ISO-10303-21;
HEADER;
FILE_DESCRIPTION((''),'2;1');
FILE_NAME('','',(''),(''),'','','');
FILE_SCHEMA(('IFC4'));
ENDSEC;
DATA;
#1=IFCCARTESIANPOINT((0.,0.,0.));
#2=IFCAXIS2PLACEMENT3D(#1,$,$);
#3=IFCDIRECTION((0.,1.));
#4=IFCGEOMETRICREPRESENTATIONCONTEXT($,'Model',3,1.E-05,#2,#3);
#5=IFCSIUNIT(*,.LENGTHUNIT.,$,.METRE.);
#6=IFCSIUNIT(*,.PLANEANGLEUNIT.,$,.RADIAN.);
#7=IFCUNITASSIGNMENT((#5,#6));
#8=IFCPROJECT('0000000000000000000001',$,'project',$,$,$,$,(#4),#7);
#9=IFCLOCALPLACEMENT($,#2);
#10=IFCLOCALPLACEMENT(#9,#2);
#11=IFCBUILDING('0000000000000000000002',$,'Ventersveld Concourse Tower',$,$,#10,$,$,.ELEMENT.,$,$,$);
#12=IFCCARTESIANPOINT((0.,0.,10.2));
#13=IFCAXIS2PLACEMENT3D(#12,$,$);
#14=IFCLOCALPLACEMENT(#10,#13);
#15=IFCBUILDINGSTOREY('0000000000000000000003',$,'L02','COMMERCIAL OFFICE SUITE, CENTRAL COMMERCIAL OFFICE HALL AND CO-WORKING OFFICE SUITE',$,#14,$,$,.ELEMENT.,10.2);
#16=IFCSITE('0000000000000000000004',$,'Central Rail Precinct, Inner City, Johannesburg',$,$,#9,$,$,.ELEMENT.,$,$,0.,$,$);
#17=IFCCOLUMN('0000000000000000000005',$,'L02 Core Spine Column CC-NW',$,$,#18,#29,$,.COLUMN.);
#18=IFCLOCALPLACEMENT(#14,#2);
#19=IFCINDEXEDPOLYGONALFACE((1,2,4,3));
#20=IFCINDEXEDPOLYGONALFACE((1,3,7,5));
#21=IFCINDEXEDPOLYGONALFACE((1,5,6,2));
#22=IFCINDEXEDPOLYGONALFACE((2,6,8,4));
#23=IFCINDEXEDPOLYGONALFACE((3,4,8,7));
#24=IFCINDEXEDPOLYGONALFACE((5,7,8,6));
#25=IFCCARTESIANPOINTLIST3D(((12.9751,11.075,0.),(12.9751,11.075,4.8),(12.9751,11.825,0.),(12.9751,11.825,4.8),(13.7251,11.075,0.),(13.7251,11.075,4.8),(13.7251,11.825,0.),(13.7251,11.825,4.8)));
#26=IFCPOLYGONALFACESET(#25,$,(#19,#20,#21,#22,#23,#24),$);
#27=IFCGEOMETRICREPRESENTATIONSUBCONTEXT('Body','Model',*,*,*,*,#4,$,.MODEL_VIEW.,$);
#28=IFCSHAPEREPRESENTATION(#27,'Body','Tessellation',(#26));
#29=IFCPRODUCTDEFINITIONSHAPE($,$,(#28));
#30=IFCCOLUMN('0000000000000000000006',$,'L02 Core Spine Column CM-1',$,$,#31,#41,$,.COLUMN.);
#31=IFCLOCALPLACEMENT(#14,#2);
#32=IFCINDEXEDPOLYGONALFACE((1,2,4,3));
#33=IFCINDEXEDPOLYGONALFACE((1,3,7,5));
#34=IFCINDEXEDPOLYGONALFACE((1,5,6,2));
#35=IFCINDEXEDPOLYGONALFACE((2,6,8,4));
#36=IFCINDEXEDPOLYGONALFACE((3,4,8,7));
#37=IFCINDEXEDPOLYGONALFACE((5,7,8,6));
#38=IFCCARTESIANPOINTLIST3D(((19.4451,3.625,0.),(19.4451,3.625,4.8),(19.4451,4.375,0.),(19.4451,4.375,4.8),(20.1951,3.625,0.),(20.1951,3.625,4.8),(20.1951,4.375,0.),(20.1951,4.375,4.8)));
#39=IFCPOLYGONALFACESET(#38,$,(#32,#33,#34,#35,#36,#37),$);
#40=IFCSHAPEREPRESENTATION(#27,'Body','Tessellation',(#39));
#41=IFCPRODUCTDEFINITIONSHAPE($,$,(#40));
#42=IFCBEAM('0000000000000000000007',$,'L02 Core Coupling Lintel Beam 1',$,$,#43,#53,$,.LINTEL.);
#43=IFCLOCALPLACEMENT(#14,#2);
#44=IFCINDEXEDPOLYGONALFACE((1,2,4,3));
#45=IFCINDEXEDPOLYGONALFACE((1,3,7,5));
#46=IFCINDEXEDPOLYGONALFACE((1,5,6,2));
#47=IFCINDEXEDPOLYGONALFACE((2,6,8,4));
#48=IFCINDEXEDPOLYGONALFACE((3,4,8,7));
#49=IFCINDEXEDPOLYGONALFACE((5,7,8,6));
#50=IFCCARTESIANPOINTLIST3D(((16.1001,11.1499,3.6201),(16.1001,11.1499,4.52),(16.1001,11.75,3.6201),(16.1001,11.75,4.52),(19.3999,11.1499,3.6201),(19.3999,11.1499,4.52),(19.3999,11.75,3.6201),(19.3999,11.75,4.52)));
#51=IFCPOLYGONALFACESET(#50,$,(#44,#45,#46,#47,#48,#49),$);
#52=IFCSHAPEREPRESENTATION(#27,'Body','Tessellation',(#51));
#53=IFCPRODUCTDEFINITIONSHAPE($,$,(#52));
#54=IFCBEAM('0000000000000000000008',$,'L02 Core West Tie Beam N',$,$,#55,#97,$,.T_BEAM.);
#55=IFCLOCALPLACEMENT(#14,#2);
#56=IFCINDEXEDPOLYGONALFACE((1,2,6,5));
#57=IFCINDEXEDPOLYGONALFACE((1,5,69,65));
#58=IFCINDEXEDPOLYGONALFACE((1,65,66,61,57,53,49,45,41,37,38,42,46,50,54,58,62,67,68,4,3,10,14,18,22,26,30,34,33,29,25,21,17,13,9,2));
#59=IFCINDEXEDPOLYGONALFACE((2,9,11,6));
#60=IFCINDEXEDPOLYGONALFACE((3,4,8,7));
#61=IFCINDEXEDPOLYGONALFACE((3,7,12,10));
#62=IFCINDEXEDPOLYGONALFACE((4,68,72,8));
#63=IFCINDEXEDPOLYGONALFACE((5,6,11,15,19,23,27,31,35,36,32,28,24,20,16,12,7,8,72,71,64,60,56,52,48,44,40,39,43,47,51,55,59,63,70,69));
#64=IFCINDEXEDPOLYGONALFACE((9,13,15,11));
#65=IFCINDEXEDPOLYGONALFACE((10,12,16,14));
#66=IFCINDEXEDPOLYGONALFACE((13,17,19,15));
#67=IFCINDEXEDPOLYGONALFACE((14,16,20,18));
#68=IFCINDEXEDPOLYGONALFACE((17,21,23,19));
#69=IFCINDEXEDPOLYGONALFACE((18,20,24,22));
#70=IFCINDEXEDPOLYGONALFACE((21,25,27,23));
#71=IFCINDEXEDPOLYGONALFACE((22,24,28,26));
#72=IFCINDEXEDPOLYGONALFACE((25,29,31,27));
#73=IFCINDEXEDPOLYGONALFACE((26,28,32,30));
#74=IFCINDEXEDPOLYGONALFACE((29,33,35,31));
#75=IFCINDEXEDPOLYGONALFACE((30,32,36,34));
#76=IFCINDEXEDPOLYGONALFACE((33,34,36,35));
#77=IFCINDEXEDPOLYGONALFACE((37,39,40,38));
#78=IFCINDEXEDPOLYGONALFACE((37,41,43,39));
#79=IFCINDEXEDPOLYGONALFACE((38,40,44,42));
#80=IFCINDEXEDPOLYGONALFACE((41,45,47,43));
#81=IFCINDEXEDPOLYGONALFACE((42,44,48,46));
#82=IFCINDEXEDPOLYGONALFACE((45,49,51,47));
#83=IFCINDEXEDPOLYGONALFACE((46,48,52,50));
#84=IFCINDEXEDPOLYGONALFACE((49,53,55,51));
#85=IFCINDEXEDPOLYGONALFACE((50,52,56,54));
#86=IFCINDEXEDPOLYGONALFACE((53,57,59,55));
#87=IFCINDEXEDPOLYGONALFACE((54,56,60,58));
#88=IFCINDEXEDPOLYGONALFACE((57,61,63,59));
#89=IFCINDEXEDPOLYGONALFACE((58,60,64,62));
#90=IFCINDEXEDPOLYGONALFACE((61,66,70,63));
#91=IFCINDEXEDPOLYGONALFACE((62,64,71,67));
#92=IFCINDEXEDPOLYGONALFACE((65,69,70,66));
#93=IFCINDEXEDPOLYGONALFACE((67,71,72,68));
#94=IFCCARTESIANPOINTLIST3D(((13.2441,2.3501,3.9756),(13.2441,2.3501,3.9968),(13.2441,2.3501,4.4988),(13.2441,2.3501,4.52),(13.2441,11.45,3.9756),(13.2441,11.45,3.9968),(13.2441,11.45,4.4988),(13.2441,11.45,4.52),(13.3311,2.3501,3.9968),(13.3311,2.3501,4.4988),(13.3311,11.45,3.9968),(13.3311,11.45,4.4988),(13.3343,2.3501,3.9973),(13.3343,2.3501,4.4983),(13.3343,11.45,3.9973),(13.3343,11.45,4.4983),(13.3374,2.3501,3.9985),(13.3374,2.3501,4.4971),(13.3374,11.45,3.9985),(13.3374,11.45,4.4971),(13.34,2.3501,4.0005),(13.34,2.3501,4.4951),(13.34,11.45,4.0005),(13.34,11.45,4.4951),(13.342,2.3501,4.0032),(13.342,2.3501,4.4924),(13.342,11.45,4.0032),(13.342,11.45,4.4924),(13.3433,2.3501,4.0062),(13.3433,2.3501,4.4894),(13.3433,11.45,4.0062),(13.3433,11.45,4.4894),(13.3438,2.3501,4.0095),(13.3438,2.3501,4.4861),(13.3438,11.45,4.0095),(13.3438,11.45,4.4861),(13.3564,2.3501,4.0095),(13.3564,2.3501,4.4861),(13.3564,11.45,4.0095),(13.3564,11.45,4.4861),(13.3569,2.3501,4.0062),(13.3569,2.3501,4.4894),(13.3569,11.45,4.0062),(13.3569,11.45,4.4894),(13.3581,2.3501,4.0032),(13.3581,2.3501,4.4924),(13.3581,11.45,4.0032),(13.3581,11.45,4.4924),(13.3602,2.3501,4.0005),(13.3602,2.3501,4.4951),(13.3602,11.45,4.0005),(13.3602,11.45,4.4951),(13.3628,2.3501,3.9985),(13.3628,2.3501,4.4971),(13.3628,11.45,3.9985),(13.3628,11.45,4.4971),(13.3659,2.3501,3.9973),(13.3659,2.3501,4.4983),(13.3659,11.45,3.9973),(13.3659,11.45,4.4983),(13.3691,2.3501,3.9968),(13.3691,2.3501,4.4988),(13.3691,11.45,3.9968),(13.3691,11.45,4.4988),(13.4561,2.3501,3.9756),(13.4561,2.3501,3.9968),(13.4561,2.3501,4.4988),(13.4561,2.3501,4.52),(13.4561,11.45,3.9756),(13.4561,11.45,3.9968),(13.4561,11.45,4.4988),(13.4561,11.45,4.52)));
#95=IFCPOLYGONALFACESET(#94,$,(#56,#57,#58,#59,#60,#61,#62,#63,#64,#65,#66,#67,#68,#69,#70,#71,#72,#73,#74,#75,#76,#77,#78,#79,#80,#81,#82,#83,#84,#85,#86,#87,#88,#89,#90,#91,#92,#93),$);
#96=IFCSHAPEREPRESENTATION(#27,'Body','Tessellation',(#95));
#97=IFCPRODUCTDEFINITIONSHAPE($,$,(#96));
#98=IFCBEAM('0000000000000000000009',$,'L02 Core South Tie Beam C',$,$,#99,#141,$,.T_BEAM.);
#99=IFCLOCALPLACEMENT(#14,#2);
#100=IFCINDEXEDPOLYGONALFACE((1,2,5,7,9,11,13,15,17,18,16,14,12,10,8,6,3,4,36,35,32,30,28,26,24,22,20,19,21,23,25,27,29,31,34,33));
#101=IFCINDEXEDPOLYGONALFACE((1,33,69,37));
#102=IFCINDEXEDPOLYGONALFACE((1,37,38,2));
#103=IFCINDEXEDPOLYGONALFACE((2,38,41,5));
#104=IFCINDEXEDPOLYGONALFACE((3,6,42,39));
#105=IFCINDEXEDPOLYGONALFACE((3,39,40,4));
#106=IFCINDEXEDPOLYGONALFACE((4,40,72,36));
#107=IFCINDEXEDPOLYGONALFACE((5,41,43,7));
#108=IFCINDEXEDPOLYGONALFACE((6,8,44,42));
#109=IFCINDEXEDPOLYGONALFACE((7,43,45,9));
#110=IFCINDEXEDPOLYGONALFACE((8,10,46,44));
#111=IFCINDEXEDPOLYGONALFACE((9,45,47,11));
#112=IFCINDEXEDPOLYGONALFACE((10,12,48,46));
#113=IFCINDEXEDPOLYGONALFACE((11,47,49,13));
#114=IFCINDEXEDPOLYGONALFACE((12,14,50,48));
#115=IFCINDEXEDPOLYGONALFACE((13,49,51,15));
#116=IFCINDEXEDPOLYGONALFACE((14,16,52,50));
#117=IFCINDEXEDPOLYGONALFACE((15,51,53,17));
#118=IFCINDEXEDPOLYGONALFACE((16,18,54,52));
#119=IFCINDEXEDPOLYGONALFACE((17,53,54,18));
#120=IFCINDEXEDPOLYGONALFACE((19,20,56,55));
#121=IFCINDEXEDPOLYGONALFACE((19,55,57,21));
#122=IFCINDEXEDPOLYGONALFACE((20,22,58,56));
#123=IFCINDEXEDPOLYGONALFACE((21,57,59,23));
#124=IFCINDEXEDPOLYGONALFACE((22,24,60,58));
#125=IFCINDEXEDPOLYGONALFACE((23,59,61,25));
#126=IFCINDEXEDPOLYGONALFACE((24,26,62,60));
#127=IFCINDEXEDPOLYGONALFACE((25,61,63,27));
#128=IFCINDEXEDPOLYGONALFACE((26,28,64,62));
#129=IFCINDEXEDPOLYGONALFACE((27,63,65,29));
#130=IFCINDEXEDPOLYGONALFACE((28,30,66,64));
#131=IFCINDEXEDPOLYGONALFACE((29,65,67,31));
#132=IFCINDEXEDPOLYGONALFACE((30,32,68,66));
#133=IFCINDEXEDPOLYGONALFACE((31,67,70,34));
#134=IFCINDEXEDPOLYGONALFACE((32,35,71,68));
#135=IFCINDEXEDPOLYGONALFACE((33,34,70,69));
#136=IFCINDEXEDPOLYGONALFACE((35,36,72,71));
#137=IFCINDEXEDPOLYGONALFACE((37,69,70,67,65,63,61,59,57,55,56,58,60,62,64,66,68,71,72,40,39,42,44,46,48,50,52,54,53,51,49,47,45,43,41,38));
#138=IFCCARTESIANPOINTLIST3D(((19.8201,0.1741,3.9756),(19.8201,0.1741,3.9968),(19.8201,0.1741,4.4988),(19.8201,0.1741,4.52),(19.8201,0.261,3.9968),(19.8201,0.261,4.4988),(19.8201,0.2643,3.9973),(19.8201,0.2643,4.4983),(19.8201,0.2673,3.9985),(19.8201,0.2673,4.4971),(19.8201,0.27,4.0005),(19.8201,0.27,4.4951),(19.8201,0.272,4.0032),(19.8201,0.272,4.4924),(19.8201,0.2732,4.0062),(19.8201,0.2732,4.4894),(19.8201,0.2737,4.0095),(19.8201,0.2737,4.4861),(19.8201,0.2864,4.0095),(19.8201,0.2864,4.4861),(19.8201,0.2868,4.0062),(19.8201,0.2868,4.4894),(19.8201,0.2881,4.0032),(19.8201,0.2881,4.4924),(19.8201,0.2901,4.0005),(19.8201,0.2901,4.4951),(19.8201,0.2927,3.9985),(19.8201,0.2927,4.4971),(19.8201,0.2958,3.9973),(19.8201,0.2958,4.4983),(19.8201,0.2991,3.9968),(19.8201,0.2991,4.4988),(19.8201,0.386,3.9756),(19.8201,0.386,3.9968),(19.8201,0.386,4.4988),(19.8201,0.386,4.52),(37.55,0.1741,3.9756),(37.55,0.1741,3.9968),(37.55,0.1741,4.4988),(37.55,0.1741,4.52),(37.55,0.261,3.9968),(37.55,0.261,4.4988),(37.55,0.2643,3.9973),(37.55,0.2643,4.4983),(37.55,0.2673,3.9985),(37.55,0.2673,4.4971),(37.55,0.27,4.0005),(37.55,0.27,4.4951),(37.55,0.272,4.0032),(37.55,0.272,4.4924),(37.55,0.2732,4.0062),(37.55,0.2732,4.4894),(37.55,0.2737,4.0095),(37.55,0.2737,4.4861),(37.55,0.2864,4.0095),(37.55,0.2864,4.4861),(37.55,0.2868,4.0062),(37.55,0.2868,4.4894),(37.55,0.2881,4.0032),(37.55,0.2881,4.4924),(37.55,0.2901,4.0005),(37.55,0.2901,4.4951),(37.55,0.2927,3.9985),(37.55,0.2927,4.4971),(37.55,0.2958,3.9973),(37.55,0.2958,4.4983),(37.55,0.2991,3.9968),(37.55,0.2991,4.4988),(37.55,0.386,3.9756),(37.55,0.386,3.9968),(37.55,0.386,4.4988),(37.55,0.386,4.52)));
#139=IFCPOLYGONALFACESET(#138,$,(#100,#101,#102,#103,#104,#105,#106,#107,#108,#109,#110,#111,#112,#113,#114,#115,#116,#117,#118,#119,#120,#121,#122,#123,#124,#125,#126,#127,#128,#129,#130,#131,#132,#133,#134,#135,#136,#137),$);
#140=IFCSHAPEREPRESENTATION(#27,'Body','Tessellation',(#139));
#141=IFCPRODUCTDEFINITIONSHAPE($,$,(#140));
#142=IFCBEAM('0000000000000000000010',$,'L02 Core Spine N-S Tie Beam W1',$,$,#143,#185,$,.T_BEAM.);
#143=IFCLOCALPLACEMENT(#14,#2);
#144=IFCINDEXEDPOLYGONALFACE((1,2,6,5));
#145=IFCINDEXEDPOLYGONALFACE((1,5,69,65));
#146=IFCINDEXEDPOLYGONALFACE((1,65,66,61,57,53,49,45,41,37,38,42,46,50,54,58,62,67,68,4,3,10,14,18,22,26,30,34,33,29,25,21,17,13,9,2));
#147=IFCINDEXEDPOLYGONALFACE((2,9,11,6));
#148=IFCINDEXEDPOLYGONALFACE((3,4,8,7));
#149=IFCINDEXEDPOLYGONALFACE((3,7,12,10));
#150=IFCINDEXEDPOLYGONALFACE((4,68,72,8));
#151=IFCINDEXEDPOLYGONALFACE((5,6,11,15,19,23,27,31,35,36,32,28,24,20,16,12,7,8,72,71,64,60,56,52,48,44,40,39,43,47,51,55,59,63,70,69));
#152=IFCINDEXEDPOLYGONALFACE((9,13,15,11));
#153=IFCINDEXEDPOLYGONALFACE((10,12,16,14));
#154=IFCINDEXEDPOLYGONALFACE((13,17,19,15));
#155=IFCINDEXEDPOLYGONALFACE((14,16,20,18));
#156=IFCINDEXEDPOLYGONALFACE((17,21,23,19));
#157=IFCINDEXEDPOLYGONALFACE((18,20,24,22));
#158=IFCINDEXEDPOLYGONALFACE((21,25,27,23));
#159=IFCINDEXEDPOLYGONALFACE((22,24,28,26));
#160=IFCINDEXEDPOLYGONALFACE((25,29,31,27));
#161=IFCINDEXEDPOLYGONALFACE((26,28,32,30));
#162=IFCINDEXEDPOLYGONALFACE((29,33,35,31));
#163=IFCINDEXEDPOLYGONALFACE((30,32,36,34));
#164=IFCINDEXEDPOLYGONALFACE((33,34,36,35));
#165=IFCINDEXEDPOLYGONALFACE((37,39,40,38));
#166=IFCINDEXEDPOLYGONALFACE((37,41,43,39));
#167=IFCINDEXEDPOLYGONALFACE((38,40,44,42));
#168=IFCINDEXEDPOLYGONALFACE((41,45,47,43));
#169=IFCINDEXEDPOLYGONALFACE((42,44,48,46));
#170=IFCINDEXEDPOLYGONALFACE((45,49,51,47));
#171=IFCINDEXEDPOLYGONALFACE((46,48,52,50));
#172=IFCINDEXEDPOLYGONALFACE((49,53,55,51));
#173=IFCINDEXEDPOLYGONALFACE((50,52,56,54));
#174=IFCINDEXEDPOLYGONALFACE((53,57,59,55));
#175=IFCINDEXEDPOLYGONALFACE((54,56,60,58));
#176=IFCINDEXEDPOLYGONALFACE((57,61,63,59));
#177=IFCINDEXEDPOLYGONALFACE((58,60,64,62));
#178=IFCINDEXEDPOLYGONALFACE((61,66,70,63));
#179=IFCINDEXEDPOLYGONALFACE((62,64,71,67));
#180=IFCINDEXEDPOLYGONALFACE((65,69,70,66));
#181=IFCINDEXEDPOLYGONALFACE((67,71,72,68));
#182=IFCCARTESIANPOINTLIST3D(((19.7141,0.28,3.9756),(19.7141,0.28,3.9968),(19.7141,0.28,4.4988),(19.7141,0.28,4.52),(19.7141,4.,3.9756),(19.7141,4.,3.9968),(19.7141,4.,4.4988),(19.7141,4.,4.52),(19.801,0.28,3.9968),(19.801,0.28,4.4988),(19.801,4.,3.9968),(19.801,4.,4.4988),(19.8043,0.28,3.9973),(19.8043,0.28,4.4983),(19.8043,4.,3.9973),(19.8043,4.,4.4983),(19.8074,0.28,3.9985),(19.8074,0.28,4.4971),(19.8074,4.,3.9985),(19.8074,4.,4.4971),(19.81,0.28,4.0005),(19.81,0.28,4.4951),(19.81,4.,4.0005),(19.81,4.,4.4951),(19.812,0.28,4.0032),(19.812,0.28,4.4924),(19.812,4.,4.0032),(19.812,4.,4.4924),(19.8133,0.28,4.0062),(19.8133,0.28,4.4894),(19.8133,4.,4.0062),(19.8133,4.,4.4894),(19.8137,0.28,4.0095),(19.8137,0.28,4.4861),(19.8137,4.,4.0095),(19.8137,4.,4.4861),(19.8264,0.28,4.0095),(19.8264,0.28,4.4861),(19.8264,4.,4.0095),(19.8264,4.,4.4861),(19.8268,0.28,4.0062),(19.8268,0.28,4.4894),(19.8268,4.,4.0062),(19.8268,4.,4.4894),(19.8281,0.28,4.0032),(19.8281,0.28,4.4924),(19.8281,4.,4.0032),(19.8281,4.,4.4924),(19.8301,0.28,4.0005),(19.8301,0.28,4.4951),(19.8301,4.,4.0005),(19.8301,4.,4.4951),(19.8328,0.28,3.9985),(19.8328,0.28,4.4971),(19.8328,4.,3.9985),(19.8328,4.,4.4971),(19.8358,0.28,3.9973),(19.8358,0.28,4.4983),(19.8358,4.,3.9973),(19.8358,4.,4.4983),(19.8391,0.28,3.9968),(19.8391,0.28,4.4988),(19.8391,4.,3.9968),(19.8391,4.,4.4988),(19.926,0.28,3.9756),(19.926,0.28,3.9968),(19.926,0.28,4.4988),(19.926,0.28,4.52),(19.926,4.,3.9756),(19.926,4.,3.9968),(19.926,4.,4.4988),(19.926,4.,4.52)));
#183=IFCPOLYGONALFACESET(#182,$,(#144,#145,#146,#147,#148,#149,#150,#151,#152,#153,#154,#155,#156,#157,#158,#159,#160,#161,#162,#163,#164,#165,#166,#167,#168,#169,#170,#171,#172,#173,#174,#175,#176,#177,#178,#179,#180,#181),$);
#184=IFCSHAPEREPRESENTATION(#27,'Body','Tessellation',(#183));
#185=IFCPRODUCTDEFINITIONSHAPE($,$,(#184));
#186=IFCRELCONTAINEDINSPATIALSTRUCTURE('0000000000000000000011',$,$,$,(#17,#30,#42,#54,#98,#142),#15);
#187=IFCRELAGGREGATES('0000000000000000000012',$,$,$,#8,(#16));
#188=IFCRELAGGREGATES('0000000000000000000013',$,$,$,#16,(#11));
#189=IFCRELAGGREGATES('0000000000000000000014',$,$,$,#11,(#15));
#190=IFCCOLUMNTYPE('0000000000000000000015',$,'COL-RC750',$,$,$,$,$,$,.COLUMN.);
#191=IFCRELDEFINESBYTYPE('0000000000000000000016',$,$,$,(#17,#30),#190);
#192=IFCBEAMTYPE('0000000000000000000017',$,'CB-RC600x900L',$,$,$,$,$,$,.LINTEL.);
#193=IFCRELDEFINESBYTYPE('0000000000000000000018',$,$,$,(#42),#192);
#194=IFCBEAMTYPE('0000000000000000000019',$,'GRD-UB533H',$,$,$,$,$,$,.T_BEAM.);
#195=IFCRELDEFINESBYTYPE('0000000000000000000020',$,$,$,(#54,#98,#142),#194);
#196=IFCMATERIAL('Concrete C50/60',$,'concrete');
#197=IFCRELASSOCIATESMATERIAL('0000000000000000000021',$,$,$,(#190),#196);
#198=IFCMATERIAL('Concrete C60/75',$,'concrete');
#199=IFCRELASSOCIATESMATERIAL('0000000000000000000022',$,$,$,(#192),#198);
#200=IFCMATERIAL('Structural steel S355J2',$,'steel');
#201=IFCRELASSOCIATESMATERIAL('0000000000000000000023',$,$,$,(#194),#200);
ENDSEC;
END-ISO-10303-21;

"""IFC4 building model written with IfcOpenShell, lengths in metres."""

from ifc_helpers import new_model, si_unit, direction, frame, origin, origin_2d, place, context, subcontext, project, spatial, rectangle, i_section, extrude, material, material_profile, profile_set, type_object, element, save


model = new_model("IFC4")

# Units and contexts
model_context = context("Model", 3, precision=1e-05, world=origin(), true_north=direction((0.0, 1.0)))
body_context = subcontext(model_context, "Body", "Model", "MODEL_VIEW")
ifc_project = project(units=[si_unit("LENGTHUNIT", "METRE"), si_unit("PLANEANGLEUNIT", "RADIAN")], contexts=[model_context])

# Site, building, storey
site_placement = place(None, origin())
site = spatial("IfcSite", under=ifc_project, at=site_placement, Name="Central Rail Precinct, Inner City, Johannesburg", CompositionType="ELEMENT", RefElevation=0.0)
building_placement = place(site_placement, origin())
building = spatial("IfcBuilding", under=site, at=building_placement, Name="Ventersveld Concourse Tower", CompositionType="ELEMENT")
storey_placement = place(building_placement, frame((0.0, 0.0, 10.2)))
storey = spatial("IfcBuildingStorey", under=building, at=storey_placement, Name="L02", Description="COMMERCIAL OFFICE SUITE, CENTRAL COMMERCIAL OFFICE HALL AND CO-WORKING OFFICE SUITE", CompositionType="ELEMENT", Elevation=10.2)

# Columns
ifc_material_1 = material(Name="Concrete C50/60", Category="concrete")
ifc_material_profile_1 = material_profile(ifc_material_1, rectangle(XDim=0.75, YDim=0.75, at=origin_2d()), Name="RC 750x750")
ifc_profile_set_1 = profile_set([ifc_material_profile_1], Name="Concrete C50/60")
column_type = type_object("IfcColumnType", Name="COL-RC750", PredefinedType="COLUMN", material=ifc_profile_set_1)
for number, where, z_axis, x_axis, name in (
    (1, (13.3501, 11.45, 0.0), (0.0, 0.0, 1.0), (1.0, 0.0, 0.0), "L02 Core Spine Column CC-NW"),
    (2, (19.8201, 4.0, 0.0), (0.0, 0.0, 1.0), (1.0, 0.0, 0.0), "L02 Core Spine Column CM-1"),
):
    element("IfcColumn", number, at=place(storey_placement, frame(where, z_axis=z_axis, x_axis=x_axis)), inside=storey, type_object=column_type, Name=name, PredefinedType="COLUMN", context=body_context, shape_type="SweptSolid", body=[
        extrude(rectangle(XDim=0.75, YDim=0.75, at=origin_2d()), origin(), (0.0, 0.0, 1.0), 4.8),
    ])

# Beams
ifc_material_2 = material(Name="Concrete C60/75", Category="concrete")
ifc_material_profile_2 = material_profile(ifc_material_2, rectangle(XDim=0.6001, YDim=0.8999, at=origin_2d()), Name="RC 600x900")
ifc_profile_set_2 = profile_set([ifc_material_profile_2], Name="Concrete C60/75")
beam_type_1 = type_object("IfcBeamType", Name="CB-RC600x900L", PredefinedType="LINTEL", material=ifc_profile_set_2)
beam_1_placement = place(storey_placement, frame((16.1001, 11.45, 4.0701), z_axis=(1.0, 0.0, 0.0), x_axis=(0.0, 1.0, 0.0)))
element("IfcBeam", 3, at=beam_1_placement, inside=storey, type_object=beam_type_1, Name="L02 Core Coupling Lintel Beam 1", PredefinedType="LINTEL", context=body_context, shape_type="SweptSolid", body=[
    extrude(rectangle(XDim=0.6001, YDim=0.8999, at=origin_2d()), origin(), (0.0, 0.0, 1.0), 3.2998),
])
ifc_material_3 = material(Name="Structural steel S355J2", Category="steel")
ifc_material_profile_3 = material_profile(ifc_material_3, i_section(OverallWidth=0.2119, OverallDepth=0.5444, WebThickness=0.0127, FlangeThickness=0.0212, FilletRadius=0.0127, at=origin_2d()), Name="UB 533x210x122")
ifc_profile_set_3 = profile_set([ifc_material_profile_3], Name="Structural steel S355J2")
beam_type_2 = type_object("IfcBeamType", Name="GRD-UB533H", PredefinedType="T_BEAM", material=ifc_profile_set_3)
beam_2_placement = place(storey_placement, frame((13.3501, 2.3501, 4.2478), z_axis=(0.0, 1.0, 0.0), x_axis=(-1.0, 0.0, 0.0)))
element("IfcBeam", 4, at=beam_2_placement, inside=storey, type_object=beam_type_2, Name="L02 Core West Tie Beam N", PredefinedType="T_BEAM", context=body_context, shape_type="SweptSolid", body=[
    extrude(i_section(OverallWidth=0.2119, OverallDepth=0.5444, WebThickness=0.0127, FlangeThickness=0.0212, FilletRadius=0.0127, at=origin_2d()), origin(), (0.0, 0.0, 1.0), 9.0999),
])
beam_3_placement = place(storey_placement, frame((19.8201, 0.28, 4.2478), z_axis=(1.0, 0.0, 0.0), x_axis=(0.0, 1.0, 0.0)))
element("IfcBeam", 5, at=beam_3_placement, inside=storey, type_object=beam_type_2, Name="L02 Core South Tie Beam C", PredefinedType="T_BEAM", context=body_context, shape_type="SweptSolid", body=[
    extrude(i_section(OverallWidth=0.2119, OverallDepth=0.5444, WebThickness=0.0127, FlangeThickness=0.0212, FilletRadius=0.0127, at=origin_2d()), origin(), (0.0, 0.0, 1.0), 17.73),
])
beam_4_placement = place(storey_placement, frame((19.8201, 0.28, 4.2478), z_axis=(0.0, 1.0, 0.0), x_axis=(-1.0, 0.0, 0.0)))
element("IfcBeam", 6, at=beam_4_placement, inside=storey, type_object=beam_type_2, Name="L02 Core Spine N-S Tie Beam W1", PredefinedType="T_BEAM", context=body_context, shape_type="SweptSolid", body=[
    extrude(i_section(OverallWidth=0.2119, OverallDepth=0.5444, WebThickness=0.0127, FlangeThickness=0.0212, FilletRadius=0.0127, at=origin_2d()), origin(), (0.0, 0.0, 1.0), 3.72),
])

save(model, "model.ifc")
